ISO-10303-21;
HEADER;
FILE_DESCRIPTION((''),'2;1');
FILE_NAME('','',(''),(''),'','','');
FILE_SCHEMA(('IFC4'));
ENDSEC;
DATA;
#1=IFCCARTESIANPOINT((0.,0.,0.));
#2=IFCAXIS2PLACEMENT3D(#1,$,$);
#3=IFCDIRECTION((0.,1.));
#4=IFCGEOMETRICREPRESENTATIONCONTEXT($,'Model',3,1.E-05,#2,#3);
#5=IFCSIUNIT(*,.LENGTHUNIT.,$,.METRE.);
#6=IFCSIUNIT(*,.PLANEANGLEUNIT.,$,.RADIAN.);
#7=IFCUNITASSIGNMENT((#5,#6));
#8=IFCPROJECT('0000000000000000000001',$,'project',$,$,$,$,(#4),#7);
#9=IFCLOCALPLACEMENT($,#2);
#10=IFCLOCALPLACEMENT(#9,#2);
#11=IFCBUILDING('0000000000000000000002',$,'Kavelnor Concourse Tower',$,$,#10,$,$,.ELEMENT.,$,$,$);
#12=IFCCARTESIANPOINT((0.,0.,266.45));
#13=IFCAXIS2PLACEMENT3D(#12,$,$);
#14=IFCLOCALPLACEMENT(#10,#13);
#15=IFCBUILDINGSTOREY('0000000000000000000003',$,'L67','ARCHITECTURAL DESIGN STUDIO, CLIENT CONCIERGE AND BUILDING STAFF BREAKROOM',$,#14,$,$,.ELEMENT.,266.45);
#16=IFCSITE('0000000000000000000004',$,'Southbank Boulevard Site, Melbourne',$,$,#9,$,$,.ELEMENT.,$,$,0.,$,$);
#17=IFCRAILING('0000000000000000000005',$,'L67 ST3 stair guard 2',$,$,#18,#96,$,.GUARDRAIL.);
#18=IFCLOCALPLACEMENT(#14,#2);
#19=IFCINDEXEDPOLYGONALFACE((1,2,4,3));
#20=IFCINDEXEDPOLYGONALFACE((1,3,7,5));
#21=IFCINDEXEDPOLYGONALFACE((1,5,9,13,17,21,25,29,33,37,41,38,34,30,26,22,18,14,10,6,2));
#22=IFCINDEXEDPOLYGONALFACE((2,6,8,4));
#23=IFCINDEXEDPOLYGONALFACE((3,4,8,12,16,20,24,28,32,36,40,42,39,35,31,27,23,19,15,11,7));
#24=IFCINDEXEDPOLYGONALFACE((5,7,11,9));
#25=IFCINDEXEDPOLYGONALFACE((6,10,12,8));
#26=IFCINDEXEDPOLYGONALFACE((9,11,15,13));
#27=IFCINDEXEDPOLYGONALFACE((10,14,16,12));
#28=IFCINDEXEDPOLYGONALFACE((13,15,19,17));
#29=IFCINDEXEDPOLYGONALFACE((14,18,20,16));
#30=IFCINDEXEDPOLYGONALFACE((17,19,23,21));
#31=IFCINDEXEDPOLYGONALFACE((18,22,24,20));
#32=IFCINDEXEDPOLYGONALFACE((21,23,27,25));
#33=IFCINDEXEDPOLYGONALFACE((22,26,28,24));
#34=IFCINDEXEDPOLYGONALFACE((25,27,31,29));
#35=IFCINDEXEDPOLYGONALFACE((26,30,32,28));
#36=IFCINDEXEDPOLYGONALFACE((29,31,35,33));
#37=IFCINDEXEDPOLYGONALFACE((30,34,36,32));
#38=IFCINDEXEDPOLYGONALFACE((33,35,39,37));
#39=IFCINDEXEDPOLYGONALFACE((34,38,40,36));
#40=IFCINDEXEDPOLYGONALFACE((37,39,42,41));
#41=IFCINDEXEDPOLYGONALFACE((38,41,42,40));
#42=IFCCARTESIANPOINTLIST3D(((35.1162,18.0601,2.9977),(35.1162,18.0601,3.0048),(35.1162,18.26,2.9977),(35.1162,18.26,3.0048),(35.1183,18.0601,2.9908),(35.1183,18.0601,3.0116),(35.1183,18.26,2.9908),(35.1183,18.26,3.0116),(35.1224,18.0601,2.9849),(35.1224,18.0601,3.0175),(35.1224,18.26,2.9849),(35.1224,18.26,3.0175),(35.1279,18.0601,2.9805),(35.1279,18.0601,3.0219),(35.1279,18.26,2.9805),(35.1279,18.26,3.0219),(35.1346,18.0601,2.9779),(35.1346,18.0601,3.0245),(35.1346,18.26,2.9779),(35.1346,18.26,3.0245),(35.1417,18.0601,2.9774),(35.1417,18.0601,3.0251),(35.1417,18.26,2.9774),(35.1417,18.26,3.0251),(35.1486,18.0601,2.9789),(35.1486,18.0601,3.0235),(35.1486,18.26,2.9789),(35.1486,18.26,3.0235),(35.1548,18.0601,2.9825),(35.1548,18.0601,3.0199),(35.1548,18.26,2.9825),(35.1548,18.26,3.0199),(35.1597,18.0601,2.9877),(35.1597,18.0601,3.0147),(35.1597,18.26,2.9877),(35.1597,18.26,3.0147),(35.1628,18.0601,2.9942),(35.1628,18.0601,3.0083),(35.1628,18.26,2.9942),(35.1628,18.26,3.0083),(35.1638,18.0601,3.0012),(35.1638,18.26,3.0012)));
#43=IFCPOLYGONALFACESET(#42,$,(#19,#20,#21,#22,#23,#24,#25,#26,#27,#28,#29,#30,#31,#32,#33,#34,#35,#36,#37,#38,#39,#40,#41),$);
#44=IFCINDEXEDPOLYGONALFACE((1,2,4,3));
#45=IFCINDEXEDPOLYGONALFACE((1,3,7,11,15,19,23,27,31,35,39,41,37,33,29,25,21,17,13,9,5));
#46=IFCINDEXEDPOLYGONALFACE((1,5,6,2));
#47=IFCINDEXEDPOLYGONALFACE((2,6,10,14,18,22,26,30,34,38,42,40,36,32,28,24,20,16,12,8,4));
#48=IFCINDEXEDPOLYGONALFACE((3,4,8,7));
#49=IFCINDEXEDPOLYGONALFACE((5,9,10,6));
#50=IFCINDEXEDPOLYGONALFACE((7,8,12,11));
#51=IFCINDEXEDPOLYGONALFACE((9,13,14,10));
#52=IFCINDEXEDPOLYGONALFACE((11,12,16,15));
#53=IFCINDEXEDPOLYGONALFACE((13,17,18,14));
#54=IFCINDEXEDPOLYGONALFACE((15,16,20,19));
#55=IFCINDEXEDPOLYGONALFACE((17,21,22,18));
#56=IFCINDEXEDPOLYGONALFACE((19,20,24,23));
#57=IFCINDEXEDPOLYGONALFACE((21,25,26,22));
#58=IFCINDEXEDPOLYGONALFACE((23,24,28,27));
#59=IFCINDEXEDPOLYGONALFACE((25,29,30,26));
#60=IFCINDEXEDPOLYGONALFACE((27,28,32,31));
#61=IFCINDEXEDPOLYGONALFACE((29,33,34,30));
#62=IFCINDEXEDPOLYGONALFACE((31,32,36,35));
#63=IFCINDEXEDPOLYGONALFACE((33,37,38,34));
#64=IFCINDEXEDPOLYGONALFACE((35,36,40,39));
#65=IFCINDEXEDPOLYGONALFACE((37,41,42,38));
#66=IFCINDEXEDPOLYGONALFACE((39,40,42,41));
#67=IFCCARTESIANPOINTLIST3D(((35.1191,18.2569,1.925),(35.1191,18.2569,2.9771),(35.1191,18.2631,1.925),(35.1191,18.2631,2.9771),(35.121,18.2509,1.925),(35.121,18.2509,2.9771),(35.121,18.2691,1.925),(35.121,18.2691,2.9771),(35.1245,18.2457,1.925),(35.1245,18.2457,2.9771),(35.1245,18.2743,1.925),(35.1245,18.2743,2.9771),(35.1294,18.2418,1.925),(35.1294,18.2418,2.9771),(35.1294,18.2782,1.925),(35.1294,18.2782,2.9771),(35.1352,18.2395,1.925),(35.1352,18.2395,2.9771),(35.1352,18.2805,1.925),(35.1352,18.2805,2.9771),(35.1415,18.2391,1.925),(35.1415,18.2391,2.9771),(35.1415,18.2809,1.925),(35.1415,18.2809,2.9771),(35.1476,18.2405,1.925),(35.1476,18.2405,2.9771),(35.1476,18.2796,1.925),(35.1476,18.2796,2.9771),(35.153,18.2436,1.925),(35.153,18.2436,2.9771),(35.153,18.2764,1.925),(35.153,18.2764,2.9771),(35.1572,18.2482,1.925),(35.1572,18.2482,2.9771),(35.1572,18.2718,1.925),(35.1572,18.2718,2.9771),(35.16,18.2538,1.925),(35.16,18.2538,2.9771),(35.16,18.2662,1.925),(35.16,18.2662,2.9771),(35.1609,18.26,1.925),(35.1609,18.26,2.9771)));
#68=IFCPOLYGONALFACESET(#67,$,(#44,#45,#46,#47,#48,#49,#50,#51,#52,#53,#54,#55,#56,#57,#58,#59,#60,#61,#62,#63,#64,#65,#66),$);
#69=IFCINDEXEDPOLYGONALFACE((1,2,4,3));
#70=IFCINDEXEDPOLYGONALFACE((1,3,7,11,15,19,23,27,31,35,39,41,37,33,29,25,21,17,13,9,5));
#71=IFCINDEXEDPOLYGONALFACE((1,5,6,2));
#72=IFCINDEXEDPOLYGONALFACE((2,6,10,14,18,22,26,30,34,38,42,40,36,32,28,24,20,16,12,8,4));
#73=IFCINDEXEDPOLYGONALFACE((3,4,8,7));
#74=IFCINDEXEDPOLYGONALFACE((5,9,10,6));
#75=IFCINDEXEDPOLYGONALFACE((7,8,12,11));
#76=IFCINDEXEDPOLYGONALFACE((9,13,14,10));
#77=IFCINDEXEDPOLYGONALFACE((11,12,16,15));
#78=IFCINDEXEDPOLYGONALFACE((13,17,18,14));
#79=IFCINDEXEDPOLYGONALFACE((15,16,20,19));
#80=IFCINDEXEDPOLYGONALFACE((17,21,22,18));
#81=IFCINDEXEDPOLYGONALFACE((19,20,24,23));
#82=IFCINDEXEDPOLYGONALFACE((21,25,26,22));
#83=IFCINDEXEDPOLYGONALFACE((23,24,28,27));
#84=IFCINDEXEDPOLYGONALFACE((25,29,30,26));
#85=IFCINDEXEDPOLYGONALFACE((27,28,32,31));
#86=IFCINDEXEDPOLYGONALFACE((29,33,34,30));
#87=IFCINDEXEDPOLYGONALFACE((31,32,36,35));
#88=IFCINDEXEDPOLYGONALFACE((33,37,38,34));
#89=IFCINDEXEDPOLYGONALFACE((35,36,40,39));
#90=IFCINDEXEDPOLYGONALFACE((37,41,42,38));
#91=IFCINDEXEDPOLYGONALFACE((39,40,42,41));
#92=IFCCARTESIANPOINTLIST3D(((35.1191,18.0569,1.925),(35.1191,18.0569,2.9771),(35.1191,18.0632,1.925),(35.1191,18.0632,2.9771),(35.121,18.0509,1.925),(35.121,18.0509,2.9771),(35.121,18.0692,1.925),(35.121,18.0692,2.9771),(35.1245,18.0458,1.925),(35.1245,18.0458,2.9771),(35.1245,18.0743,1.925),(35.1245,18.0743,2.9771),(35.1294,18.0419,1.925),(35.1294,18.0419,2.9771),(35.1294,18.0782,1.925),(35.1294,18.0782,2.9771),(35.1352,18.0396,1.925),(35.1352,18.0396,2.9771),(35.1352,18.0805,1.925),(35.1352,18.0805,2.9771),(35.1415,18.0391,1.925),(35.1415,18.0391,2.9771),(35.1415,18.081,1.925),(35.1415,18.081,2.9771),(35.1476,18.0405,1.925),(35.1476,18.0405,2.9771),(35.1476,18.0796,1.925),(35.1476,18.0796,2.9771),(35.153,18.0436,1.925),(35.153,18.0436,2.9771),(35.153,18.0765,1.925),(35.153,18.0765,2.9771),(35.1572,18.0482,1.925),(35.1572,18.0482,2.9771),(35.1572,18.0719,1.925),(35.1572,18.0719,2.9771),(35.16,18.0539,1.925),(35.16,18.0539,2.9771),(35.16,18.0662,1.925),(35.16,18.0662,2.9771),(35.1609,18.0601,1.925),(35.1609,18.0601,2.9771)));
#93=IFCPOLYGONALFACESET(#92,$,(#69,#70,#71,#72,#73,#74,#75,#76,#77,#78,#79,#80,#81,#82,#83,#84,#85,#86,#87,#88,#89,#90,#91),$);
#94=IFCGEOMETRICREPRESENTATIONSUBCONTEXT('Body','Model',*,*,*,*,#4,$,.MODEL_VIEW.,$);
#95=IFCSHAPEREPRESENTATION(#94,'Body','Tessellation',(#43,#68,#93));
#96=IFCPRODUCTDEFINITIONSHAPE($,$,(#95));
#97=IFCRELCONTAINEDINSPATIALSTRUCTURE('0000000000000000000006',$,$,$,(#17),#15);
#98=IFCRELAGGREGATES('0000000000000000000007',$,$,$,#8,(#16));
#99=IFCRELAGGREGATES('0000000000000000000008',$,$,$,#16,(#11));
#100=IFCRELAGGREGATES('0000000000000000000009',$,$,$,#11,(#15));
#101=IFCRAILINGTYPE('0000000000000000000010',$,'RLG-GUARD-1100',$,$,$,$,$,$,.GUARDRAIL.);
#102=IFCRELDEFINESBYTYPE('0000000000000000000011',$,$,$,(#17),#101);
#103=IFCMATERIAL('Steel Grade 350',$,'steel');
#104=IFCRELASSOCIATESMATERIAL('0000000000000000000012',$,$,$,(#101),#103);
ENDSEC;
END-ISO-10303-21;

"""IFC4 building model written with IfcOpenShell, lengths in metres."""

from ifc_helpers import new_model, si_unit, direction, frame, origin, origin_2d, place, context, subcontext, project, spatial, circle, extrude, material, type_object, element, save


model = new_model("IFC4")

# Units and contexts
model_context = context("Model", 3, precision=1e-05, world=origin(), true_north=direction((0.0, 1.0)))
body_context = subcontext(model_context, "Body", "Model", "MODEL_VIEW")
ifc_project = project(units=[si_unit("LENGTHUNIT", "METRE"), si_unit("PLANEANGLEUNIT", "RADIAN")], contexts=[model_context])

# Site, building, storey
site_placement = place(None, origin())
site = spatial("IfcSite", under=ifc_project, at=site_placement, Name="Southbank Boulevard Site, Melbourne", CompositionType="ELEMENT", RefElevation=0.0)
building_placement = place(site_placement, origin())
building = spatial("IfcBuilding", under=site, at=building_placement, Name="Kavelnor Concourse Tower", CompositionType="ELEMENT")
storey_placement = place(building_placement, frame((0.0, 0.0, 266.45)))
storey = spatial("IfcBuildingStorey", under=building, at=storey_placement, Name="L67", Description="ARCHITECTURAL DESIGN STUDIO, CLIENT CONCIERGE AND BUILDING STAFF BREAKROOM", CompositionType="ELEMENT", Elevation=266.45)

# Shared definitions
ifc_material_1 = material(Name="Steel Grade 350", Category="steel")

# Railing
railing_type_1 = type_object("IfcRailingType", Name="RLG-GUARD-1100", PredefinedType="GUARDRAIL", material=ifc_material_1)
railing_1_placement = place(storey_placement, frame((35.1399, 18.26, 1.925)))
element("IfcRailing", 1, at=railing_1_placement, inside=storey, type_object=railing_type_1, Name="L67 ST3 stair guard 2", PredefinedType="GUARDRAIL", context=body_context, shape_type="SweptSolid", body=[
    extrude(circle(Radius=0.0239, at=origin_2d()), frame((0.0, 0.0, 1.0762), z_axis=(0.0, -1.0, 0.0), x_axis=(1.0, 0.0, 0.0)), (0.0, 0.0, 1.0), 0.2),
    extrude(circle(Radius=0.021, at=origin_2d()), origin(), (0.0, 0.0, 1.0), 1.052),
    extrude(circle(Radius=0.021, at=origin_2d()), frame((0.0, -0.2, 0.0)), (0.0, 0.0, 1.0), 1.052),
])

save(model, "model.ifc")
